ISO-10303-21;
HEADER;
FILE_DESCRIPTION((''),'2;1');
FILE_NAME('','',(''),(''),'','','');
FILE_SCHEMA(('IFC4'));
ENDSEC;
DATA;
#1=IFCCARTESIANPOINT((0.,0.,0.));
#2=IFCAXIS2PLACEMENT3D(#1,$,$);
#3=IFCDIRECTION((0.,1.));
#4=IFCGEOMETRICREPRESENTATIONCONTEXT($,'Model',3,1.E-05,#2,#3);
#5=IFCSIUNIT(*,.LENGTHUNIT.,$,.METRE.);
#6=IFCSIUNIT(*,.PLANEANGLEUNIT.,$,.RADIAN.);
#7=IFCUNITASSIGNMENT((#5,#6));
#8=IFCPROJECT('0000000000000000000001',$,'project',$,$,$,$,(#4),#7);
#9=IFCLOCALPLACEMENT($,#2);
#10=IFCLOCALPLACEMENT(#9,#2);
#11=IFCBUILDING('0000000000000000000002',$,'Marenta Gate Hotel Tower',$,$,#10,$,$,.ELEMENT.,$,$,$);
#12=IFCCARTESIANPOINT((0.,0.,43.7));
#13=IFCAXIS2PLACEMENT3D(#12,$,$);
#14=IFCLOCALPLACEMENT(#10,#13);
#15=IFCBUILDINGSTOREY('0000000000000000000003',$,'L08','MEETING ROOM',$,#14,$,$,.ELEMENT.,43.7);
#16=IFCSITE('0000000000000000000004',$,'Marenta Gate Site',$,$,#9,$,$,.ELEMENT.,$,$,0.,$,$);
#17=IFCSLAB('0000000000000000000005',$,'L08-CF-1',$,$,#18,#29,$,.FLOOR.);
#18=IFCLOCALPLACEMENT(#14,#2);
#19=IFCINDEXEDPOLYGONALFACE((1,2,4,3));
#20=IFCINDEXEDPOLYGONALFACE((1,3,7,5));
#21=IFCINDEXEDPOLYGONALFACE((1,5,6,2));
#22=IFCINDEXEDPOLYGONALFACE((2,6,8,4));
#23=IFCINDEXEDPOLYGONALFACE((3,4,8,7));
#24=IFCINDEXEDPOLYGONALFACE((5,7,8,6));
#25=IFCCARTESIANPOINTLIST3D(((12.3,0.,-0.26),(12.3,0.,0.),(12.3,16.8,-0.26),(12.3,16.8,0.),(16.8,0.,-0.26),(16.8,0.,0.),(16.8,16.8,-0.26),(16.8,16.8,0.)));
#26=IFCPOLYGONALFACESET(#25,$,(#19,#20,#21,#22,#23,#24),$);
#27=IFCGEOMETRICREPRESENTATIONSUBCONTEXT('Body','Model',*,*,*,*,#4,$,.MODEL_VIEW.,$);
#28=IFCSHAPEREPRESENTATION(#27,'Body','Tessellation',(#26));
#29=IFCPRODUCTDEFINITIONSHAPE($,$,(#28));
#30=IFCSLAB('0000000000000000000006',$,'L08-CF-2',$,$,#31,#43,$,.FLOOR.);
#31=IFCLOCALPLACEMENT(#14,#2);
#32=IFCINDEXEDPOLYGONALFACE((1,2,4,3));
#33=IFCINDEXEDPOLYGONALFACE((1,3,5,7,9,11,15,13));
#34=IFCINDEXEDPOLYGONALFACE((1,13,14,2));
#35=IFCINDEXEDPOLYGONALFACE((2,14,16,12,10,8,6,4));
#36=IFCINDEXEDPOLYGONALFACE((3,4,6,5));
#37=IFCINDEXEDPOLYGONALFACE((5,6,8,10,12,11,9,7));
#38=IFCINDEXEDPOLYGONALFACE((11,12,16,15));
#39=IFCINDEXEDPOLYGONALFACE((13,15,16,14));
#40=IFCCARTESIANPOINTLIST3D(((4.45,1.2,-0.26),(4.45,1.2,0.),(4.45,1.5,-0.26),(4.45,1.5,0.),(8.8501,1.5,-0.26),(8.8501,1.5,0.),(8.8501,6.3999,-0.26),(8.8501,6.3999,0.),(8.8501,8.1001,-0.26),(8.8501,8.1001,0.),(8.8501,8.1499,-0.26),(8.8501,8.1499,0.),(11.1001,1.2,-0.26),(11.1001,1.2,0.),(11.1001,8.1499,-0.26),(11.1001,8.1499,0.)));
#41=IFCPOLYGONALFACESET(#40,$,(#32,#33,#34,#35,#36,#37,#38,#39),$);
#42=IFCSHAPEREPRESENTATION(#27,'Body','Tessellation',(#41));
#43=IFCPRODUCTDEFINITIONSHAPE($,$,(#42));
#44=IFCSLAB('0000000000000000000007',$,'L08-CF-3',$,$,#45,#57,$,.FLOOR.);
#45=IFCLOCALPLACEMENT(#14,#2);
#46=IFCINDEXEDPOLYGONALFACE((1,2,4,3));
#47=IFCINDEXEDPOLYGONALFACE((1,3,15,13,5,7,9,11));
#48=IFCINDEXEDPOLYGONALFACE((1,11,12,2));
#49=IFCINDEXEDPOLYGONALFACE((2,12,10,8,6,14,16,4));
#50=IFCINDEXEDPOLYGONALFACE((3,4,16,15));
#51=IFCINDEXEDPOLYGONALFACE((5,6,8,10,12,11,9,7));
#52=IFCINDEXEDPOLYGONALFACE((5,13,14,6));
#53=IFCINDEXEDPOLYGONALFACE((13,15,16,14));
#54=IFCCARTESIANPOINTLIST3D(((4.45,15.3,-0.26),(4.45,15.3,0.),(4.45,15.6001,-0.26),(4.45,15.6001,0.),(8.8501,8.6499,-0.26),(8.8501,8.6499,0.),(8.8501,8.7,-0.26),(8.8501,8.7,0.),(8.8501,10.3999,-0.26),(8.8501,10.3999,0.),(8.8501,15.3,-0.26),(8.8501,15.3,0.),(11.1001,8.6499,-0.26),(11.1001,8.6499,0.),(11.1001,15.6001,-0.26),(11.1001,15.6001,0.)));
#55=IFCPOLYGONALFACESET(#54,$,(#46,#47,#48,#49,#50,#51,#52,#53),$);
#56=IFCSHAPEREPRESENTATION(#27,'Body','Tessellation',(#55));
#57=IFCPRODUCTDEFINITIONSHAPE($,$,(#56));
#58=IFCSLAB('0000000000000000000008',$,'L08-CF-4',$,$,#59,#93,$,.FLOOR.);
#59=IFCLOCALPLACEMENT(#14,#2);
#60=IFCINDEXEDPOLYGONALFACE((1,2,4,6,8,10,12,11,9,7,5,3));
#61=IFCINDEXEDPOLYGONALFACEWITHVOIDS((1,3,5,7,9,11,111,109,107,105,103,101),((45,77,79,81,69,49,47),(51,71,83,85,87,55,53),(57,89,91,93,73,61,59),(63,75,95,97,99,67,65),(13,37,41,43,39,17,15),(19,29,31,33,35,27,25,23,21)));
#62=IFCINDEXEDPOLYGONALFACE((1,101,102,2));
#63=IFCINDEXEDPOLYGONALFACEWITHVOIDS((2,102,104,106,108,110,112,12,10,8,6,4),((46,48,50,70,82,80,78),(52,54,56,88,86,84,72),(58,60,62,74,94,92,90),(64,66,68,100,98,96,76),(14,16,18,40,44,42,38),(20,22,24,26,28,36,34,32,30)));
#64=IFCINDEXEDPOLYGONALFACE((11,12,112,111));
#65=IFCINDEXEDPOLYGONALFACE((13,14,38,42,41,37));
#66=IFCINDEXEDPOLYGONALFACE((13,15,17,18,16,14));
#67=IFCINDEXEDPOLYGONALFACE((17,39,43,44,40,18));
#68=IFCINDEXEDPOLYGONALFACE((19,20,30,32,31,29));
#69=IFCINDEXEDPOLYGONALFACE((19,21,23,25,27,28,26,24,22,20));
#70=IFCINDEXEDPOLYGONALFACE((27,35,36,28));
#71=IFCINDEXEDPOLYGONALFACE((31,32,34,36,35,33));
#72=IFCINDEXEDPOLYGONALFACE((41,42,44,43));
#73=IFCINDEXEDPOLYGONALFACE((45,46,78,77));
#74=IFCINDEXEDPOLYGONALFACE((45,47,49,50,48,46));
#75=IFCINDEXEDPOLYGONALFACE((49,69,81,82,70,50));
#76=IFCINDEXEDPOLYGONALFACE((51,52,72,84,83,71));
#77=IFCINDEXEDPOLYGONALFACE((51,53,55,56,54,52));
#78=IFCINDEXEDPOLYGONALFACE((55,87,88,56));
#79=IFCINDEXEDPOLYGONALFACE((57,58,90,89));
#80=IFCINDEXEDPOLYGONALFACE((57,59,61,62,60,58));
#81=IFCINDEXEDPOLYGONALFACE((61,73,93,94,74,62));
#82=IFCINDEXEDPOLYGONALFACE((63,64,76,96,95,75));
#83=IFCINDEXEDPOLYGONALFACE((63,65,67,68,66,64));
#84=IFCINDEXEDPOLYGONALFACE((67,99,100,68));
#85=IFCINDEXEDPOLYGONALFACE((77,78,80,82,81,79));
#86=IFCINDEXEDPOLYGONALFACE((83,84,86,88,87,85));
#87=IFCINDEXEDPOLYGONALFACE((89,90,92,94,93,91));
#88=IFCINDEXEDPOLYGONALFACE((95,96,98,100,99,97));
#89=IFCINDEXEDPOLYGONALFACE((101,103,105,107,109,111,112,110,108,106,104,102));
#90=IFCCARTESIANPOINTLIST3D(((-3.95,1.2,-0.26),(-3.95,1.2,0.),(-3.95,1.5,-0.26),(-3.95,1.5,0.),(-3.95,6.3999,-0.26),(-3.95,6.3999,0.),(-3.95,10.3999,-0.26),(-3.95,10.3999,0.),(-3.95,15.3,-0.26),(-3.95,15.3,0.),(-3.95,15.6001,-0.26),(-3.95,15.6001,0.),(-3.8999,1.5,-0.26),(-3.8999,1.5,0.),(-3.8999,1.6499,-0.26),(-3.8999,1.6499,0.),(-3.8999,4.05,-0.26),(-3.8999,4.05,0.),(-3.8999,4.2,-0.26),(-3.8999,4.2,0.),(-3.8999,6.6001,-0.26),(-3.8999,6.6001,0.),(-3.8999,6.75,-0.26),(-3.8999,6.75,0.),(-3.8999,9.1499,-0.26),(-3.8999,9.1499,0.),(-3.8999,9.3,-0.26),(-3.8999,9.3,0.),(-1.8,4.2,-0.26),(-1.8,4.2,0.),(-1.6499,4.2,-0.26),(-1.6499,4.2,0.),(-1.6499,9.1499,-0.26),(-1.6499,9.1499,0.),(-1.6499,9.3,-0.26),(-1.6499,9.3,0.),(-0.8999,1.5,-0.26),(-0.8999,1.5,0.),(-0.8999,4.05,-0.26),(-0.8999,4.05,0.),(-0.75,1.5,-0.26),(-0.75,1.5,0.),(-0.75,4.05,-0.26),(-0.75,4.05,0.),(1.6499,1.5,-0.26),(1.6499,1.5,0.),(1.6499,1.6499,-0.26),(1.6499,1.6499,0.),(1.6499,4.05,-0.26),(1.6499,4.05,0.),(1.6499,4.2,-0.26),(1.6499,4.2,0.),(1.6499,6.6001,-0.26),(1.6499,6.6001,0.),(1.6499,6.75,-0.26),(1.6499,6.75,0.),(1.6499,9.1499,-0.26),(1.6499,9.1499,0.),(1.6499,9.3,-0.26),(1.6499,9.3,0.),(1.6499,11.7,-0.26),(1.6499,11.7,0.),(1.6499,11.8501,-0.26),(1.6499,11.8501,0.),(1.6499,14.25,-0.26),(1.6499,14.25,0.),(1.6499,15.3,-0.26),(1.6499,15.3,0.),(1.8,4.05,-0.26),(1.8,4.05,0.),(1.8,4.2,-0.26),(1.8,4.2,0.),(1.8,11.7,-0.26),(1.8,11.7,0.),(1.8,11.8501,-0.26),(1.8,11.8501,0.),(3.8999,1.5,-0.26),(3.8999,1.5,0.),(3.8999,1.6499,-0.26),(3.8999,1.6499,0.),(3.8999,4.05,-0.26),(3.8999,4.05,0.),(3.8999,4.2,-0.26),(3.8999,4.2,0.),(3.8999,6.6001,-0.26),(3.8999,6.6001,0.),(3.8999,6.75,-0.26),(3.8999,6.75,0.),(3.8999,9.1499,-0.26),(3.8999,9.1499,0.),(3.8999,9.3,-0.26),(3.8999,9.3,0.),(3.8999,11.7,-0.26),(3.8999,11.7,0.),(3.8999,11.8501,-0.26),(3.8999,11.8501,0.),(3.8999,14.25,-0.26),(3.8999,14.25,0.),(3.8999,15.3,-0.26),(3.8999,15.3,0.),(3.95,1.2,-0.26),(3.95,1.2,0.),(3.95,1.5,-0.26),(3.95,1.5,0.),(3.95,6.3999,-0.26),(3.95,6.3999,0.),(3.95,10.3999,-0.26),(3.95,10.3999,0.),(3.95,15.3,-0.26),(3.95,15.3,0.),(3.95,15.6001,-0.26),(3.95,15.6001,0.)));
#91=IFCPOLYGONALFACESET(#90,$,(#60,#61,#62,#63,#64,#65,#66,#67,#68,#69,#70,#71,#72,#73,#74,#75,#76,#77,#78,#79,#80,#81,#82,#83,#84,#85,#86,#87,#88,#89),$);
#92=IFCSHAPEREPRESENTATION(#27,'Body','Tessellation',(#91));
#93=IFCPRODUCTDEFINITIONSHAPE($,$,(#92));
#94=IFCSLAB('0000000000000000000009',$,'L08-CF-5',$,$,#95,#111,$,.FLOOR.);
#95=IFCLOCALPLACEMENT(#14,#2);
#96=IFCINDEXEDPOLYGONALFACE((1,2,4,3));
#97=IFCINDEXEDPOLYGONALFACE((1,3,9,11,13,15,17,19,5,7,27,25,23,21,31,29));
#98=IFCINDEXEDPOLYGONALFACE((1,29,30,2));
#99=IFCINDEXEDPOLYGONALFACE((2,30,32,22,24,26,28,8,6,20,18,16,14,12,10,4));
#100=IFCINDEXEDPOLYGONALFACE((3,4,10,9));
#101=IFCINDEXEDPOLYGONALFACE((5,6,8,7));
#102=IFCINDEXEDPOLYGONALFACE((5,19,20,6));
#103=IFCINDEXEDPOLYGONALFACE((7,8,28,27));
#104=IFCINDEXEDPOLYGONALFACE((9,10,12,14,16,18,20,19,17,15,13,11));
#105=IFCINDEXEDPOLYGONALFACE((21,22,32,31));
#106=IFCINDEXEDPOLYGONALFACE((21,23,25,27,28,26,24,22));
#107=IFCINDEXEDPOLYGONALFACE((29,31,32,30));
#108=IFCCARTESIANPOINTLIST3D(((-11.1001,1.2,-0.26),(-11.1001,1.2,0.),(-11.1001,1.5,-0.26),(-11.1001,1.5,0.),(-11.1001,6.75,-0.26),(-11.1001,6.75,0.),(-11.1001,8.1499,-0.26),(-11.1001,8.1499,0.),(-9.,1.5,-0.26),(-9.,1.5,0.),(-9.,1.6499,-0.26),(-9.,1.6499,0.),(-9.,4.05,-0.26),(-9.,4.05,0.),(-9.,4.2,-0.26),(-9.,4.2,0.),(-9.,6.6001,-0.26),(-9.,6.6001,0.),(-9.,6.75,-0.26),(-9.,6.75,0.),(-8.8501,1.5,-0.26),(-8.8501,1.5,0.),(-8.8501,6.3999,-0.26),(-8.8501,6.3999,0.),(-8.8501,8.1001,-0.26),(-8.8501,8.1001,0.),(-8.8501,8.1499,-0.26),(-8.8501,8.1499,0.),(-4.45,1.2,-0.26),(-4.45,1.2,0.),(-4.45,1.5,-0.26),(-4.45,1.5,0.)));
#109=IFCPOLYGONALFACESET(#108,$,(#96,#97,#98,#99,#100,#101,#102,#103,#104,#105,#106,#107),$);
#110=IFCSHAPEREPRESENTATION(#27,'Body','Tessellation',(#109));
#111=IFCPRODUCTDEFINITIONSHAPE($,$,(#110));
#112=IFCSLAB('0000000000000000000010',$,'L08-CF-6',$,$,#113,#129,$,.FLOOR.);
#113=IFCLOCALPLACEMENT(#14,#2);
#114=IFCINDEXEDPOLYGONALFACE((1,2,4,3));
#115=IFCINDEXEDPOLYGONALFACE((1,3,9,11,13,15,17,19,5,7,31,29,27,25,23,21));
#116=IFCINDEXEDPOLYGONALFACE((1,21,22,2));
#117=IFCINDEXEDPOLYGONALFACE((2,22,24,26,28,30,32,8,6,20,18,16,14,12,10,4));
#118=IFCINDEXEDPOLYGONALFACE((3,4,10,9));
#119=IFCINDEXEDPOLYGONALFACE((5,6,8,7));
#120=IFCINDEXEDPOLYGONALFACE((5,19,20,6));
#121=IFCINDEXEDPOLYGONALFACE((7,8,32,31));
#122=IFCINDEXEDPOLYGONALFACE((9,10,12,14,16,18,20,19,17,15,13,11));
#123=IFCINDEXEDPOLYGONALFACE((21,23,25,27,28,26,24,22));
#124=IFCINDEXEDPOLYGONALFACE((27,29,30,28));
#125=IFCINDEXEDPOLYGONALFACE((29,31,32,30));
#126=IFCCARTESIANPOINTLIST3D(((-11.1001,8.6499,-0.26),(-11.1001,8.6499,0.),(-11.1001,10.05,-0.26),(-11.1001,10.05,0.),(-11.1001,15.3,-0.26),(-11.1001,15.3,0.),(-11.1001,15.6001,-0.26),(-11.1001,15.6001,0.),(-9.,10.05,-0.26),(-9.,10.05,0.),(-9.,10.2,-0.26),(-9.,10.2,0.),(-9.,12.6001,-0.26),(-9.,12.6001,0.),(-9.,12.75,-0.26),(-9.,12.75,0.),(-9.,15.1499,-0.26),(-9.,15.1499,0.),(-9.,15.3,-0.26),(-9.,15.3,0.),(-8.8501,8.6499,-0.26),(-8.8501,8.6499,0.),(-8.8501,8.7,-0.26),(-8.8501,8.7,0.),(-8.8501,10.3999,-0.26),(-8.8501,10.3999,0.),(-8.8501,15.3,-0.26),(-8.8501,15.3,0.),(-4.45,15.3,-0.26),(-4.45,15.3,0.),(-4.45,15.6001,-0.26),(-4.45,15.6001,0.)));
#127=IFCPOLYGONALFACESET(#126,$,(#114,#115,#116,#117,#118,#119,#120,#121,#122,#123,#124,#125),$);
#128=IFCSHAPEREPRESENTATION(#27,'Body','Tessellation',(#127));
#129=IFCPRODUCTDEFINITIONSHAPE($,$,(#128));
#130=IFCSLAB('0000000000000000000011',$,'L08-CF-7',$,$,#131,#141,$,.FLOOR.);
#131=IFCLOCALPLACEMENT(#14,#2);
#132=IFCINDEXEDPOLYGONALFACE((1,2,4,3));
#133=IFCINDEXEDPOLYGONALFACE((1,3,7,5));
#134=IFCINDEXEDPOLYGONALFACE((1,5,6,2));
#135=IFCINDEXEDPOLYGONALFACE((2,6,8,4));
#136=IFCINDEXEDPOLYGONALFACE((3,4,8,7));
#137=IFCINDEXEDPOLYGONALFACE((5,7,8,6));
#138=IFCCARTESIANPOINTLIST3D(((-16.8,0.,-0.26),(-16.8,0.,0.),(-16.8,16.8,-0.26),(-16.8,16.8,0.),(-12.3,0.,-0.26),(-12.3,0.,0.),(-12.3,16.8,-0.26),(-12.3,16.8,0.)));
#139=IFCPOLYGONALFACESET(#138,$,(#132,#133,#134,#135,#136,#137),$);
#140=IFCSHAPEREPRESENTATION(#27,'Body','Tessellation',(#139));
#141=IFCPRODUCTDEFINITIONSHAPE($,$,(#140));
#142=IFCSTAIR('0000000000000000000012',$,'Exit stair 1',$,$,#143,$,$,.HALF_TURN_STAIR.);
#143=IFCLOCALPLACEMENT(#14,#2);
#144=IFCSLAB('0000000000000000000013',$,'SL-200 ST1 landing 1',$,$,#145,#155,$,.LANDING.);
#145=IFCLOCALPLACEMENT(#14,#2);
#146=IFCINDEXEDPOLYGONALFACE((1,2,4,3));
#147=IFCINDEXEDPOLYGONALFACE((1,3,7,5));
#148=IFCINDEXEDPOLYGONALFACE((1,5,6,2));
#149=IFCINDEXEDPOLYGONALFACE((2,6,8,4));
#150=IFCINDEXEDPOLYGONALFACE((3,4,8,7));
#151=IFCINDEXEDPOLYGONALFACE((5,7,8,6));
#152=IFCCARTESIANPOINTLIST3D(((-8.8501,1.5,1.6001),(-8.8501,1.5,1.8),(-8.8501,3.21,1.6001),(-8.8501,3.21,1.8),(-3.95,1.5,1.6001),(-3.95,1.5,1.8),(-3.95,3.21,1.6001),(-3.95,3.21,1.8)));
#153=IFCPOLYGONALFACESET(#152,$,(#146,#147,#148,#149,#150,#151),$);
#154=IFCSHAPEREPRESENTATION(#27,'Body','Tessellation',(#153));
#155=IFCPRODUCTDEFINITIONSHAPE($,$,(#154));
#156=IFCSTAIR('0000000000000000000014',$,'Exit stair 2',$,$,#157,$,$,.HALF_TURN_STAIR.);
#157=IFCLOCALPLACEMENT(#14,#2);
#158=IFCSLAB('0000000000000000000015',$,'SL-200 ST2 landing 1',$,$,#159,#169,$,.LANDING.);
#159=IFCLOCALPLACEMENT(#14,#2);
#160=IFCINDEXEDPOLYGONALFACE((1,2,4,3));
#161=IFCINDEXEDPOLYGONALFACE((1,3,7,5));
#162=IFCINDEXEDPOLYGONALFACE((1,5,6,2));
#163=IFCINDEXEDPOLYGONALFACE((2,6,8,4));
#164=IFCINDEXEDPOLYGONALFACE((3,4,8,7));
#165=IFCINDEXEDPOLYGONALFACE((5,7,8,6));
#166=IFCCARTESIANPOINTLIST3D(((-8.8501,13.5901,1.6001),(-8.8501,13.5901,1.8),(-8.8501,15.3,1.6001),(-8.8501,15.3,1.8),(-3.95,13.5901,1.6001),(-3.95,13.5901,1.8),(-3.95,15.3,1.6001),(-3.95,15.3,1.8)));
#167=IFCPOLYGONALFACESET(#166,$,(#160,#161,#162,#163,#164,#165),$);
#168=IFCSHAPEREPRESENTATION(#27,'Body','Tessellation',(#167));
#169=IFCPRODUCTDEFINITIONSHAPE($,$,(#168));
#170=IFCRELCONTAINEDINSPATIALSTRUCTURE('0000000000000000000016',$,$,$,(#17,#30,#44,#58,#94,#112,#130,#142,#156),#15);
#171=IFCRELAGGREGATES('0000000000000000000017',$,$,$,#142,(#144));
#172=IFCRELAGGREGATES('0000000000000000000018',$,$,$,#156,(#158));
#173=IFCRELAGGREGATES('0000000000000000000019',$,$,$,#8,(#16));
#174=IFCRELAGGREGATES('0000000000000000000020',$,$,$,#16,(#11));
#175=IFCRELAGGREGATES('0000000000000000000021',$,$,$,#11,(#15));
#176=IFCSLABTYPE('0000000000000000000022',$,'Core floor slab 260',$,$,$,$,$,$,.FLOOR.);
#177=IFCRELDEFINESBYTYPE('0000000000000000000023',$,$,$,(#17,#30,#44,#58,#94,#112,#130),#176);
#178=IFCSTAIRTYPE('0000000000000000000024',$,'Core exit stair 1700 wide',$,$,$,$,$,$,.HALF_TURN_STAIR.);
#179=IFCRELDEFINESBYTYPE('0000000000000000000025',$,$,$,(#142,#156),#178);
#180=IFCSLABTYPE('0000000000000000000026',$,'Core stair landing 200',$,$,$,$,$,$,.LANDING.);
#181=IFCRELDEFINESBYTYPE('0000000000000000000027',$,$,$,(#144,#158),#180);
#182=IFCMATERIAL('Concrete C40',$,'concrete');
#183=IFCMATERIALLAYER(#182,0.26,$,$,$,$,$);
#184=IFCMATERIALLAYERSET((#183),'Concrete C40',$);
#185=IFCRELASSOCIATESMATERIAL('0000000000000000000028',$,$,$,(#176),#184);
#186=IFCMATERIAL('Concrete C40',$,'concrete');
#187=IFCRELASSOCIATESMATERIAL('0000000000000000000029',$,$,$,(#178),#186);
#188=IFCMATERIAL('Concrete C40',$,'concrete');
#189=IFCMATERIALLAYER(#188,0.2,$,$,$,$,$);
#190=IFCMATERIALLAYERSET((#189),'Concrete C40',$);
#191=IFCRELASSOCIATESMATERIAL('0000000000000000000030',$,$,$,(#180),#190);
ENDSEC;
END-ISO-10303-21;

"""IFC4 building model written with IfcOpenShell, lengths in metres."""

from ifc_helpers import new_model, si_unit, direction, frame, origin, place, context, subcontext, project, spatial, polyline, outline, extrude, material, layer, layer_set, type_object, element, aggregate, save


model = new_model("IFC4")

# Units and contexts
model_context = context("Model", 3, precision=1e-05, world=origin(), true_north=direction((0.0, 1.0)))
body_context = subcontext(model_context, "Body", "Model", "MODEL_VIEW")
ifc_project = project(units=[si_unit("LENGTHUNIT", "METRE"), si_unit("PLANEANGLEUNIT", "RADIAN")], contexts=[model_context])

# Site, building, storey
site_placement = place(None, origin())
site = spatial("IfcSite", under=ifc_project, at=site_placement, Name="Marenta Gate Site", CompositionType="ELEMENT", RefElevation=0.0)
building_placement = place(site_placement, origin())
building = spatial("IfcBuilding", under=site, at=building_placement, Name="Marenta Gate Hotel Tower", CompositionType="ELEMENT")
storey_placement = place(building_placement, frame((0.0, 0.0, 43.7)))
storey = spatial("IfcBuildingStorey", under=building, at=storey_placement, Name="L08", Description="MEETING ROOM", CompositionType="ELEMENT", Elevation=43.7)

# Slabs
ifc_material_1 = material(Name="Concrete C40", Category="concrete")
ifc_layer_1 = layer(ifc_material_1, 0.26)
ifc_layer_set_1 = layer_set([ifc_layer_1], Name="Concrete C40")
slab_type_1 = type_object("IfcSlabType", Name="Core floor slab 260", PredefinedType="FLOOR", material=ifc_layer_set_1)
slab_1_placement = place(storey_placement, frame((0.0, 0.0, -0.26)))
element("IfcSlab", 1, at=slab_1_placement, inside=storey, type_object=slab_type_1, Name="L08-CF-1", PredefinedType="FLOOR", context=body_context, shape_type="SweptSolid", body=[
    extrude(outline(polyline([(12.3, 0.0), (12.3, 16.8), (16.8, 16.8), (16.8, 0.0), (12.3, 0.0)])), origin(), (0.0, 0.0, 1.0), 0.26),
])
slab_2_placement = place(storey_placement, frame((0.0, 0.0, -0.26)))
element("IfcSlab", 2, at=slab_2_placement, inside=storey, type_object=slab_type_1, Name="L08-CF-2", PredefinedType="FLOOR", context=body_context, shape_type="SweptSolid", body=[
    extrude(outline(polyline([(8.8501, 1.5), (8.8501, 6.3999), (8.8501, 8.1001), (8.8501, 8.1499), (11.1001, 8.1499), (11.1001, 1.2), (4.45, 1.2), (4.45, 1.5), (8.8501, 1.5)])), origin(), (0.0, 0.0, 1.0), 0.26),
])
slab_3_placement = place(storey_placement, frame((0.0, 0.0, -0.26)))
element("IfcSlab", 3, at=slab_3_placement, inside=storey, type_object=slab_type_1, Name="L08-CF-3", PredefinedType="FLOOR", context=body_context, shape_type="SweptSolid", body=[
    extrude(outline(polyline([(8.8501, 15.3), (4.45, 15.3), (4.45, 15.6001), (11.1001, 15.6001), (11.1001, 8.6499), (8.8501, 8.6499), (8.8501, 8.7), (8.8501, 10.3999), (8.8501, 15.3)])), origin(), (0.0, 0.0, 1.0), 0.26),
])
slab_4_placement = place(storey_placement, frame((0.0, 0.0, -0.26)))
element("IfcSlab", 4, at=slab_4_placement, inside=storey, type_object=slab_type_1, Name="L08-CF-4", PredefinedType="FLOOR", context=body_context, shape_type="SweptSolid", body=[
    extrude(outline(polyline([(3.95, 15.3), (3.95, 10.3999), (3.95, 6.3999), (3.95, 1.5), (3.95, 1.2), (-3.95, 1.2), (-3.95, 1.5), (-3.95, 6.3999), (-3.95, 10.3999), (-3.95, 15.3), (-3.95, 15.6001), (3.95, 15.6001), (3.95, 15.3)]), holes=[polyline([(1.6499, 4.05), (1.6499, 1.6499), (1.6499, 1.5), (3.8999, 1.5), (3.8999, 1.6499), (3.8999, 4.05), (1.8, 4.05), (1.6499, 4.05)]), polyline([(1.6499, 9.1499), (3.8999, 9.1499), (3.8999, 9.3), (3.8999, 11.7), (1.8, 11.7), (1.6499, 11.7), (1.6499, 9.3), (1.6499, 9.1499)]), polyline([(1.6499, 11.8501), (1.8, 11.8501), (3.8999, 11.8501), (3.8999, 14.25), (3.8999, 15.3), (1.6499, 15.3), (1.6499, 14.25), (1.6499, 11.8501)]), polyline([(3.8999, 6.6001), (3.8999, 6.75), (1.6499, 6.75), (1.6499, 6.6001), (1.6499, 4.2), (1.8, 4.2), (3.8999, 4.2), (3.8999, 6.6001)]), polyline([(-3.8999, 1.5), (-0.8999, 1.5), (-0.75, 1.5), (-0.75, 4.05), (-0.8999, 4.05), (-3.8999, 4.05), (-3.8999, 1.6499), (-3.8999, 1.5)]), polyline([(-1.6499, 4.2), (-1.6499, 9.1499), (-1.6499, 9.3), (-3.8999, 9.3), (-3.8999, 9.1499), (-3.8999, 6.75), (-3.8999, 6.6001), (-3.8999, 4.2), (-1.8, 4.2), (-1.6499, 4.2)])]), origin(), (0.0, 0.0, 1.0), 0.26),
])
slab_5_placement = place(storey_placement, frame((0.0, 0.0, -0.26)))
element("IfcSlab", 5, at=slab_5_placement, inside=storey, type_object=slab_type_1, Name="L08-CF-5", PredefinedType="FLOOR", context=body_context, shape_type="SweptSolid", body=[
    extrude(outline(polyline([(-9.0, 1.5), (-9.0, 1.6499), (-9.0, 4.05), (-9.0, 4.2), (-9.0, 6.6001), (-9.0, 6.75), (-11.1001, 6.75), (-11.1001, 8.1499), (-8.8501, 8.1499), (-8.8501, 8.1001), (-8.8501, 6.3999), (-8.8501, 1.5), (-4.45, 1.5), (-4.45, 1.2), (-11.1001, 1.2), (-11.1001, 1.5), (-9.0, 1.5)])), origin(), (0.0, 0.0, 1.0), 0.26),
])
slab_6_placement = place(storey_placement, frame((0.0, 0.0, -0.26)))
element("IfcSlab", 6, at=slab_6_placement, inside=storey, type_object=slab_type_1, Name="L08-CF-6", PredefinedType="FLOOR", context=body_context, shape_type="SweptSolid", body=[
    extrude(outline(polyline([(-4.45, 15.3), (-8.8501, 15.3), (-8.8501, 10.3999), (-8.8501, 8.7), (-8.8501, 8.6499), (-11.1001, 8.6499), (-11.1001, 10.05), (-9.0, 10.05), (-9.0, 10.2), (-9.0, 12.6001), (-9.0, 12.75), (-9.0, 15.1499), (-9.0, 15.3), (-11.1001, 15.3), (-11.1001, 15.6001), (-4.45, 15.6001), (-4.45, 15.3)])), origin(), (0.0, 0.0, 1.0), 0.26),
])
slab_7_placement = place(storey_placement, frame((0.0, 0.0, -0.26)))
element("IfcSlab", 7, at=slab_7_placement, inside=storey, type_object=slab_type_1, Name="L08-CF-7", PredefinedType="FLOOR", context=body_context, shape_type="SweptSolid", body=[
    extrude(outline(polyline([(-12.3, 16.8), (-12.3, 0.0), (-16.8, 0.0), (-16.8, 16.8), (-12.3, 16.8)])), origin(), (0.0, 0.0, 1.0), 0.26),
])

# Stairs, slabs
ifc_material_2 = material(Name="Concrete C40", Category="concrete")
stair_type = type_object("IfcStairType", Name="Core exit stair 1700 wide", PredefinedType="HALF_TURN_STAIR", material=ifc_material_2)
stair_1_placement = place(storey_placement, origin())
stair_1 = element("IfcStair", 8, at=stair_1_placement, inside=storey, type_object=stair_type, Name="Exit stair 1", PredefinedType="HALF_TURN_STAIR")
ifc_material_3 = material(Name="Concrete C40", Category="concrete")
ifc_layer_2 = layer(ifc_material_3, 0.2)
ifc_layer_set_2 = layer_set([ifc_layer_2], Name="Concrete C40")
slab_type_2 = type_object("IfcSlabType", Name="Core stair landing 200", PredefinedType="LANDING", material=ifc_layer_set_2)
slab_8_placement = place(storey_placement, frame((0.0, 0.0, 1.6001)))
slab_8 = element("IfcSlab", 9, at=slab_8_placement, type_object=slab_type_2, Name="SL-200 ST1 landing 1", PredefinedType="LANDING", context=body_context, shape_type="SweptSolid", body=[
    extrude(outline(polyline([(-8.8501, 1.5), (-3.95, 1.5), (-3.95, 3.21), (-8.8501, 3.21), (-8.8501, 1.5)])), origin(), (0.0, 0.0, 1.0), 0.2),
])
aggregate(stair_1, [slab_8])
stair_2_placement = place(storey_placement, origin())
stair_2 = element("IfcStair", 10, at=stair_2_placement, inside=storey, type_object=stair_type, Name="Exit stair 2", PredefinedType="HALF_TURN_STAIR")
slab_9_placement = place(storey_placement, frame((0.0, 0.0, 1.6001)))
slab_9 = element("IfcSlab", 11, at=slab_9_placement, type_object=slab_type_2, Name="SL-200 ST2 landing 1", PredefinedType="LANDING", context=body_context, shape_type="SweptSolid", body=[
    extrude(outline(polyline([(-8.8501, 13.5901), (-3.95, 13.5901), (-3.95, 15.3), (-8.8501, 15.3), (-8.8501, 13.5901)])), origin(), (0.0, 0.0, 1.0), 0.2),
])
aggregate(stair_2, [slab_9])

save(model, "model.ifc")
